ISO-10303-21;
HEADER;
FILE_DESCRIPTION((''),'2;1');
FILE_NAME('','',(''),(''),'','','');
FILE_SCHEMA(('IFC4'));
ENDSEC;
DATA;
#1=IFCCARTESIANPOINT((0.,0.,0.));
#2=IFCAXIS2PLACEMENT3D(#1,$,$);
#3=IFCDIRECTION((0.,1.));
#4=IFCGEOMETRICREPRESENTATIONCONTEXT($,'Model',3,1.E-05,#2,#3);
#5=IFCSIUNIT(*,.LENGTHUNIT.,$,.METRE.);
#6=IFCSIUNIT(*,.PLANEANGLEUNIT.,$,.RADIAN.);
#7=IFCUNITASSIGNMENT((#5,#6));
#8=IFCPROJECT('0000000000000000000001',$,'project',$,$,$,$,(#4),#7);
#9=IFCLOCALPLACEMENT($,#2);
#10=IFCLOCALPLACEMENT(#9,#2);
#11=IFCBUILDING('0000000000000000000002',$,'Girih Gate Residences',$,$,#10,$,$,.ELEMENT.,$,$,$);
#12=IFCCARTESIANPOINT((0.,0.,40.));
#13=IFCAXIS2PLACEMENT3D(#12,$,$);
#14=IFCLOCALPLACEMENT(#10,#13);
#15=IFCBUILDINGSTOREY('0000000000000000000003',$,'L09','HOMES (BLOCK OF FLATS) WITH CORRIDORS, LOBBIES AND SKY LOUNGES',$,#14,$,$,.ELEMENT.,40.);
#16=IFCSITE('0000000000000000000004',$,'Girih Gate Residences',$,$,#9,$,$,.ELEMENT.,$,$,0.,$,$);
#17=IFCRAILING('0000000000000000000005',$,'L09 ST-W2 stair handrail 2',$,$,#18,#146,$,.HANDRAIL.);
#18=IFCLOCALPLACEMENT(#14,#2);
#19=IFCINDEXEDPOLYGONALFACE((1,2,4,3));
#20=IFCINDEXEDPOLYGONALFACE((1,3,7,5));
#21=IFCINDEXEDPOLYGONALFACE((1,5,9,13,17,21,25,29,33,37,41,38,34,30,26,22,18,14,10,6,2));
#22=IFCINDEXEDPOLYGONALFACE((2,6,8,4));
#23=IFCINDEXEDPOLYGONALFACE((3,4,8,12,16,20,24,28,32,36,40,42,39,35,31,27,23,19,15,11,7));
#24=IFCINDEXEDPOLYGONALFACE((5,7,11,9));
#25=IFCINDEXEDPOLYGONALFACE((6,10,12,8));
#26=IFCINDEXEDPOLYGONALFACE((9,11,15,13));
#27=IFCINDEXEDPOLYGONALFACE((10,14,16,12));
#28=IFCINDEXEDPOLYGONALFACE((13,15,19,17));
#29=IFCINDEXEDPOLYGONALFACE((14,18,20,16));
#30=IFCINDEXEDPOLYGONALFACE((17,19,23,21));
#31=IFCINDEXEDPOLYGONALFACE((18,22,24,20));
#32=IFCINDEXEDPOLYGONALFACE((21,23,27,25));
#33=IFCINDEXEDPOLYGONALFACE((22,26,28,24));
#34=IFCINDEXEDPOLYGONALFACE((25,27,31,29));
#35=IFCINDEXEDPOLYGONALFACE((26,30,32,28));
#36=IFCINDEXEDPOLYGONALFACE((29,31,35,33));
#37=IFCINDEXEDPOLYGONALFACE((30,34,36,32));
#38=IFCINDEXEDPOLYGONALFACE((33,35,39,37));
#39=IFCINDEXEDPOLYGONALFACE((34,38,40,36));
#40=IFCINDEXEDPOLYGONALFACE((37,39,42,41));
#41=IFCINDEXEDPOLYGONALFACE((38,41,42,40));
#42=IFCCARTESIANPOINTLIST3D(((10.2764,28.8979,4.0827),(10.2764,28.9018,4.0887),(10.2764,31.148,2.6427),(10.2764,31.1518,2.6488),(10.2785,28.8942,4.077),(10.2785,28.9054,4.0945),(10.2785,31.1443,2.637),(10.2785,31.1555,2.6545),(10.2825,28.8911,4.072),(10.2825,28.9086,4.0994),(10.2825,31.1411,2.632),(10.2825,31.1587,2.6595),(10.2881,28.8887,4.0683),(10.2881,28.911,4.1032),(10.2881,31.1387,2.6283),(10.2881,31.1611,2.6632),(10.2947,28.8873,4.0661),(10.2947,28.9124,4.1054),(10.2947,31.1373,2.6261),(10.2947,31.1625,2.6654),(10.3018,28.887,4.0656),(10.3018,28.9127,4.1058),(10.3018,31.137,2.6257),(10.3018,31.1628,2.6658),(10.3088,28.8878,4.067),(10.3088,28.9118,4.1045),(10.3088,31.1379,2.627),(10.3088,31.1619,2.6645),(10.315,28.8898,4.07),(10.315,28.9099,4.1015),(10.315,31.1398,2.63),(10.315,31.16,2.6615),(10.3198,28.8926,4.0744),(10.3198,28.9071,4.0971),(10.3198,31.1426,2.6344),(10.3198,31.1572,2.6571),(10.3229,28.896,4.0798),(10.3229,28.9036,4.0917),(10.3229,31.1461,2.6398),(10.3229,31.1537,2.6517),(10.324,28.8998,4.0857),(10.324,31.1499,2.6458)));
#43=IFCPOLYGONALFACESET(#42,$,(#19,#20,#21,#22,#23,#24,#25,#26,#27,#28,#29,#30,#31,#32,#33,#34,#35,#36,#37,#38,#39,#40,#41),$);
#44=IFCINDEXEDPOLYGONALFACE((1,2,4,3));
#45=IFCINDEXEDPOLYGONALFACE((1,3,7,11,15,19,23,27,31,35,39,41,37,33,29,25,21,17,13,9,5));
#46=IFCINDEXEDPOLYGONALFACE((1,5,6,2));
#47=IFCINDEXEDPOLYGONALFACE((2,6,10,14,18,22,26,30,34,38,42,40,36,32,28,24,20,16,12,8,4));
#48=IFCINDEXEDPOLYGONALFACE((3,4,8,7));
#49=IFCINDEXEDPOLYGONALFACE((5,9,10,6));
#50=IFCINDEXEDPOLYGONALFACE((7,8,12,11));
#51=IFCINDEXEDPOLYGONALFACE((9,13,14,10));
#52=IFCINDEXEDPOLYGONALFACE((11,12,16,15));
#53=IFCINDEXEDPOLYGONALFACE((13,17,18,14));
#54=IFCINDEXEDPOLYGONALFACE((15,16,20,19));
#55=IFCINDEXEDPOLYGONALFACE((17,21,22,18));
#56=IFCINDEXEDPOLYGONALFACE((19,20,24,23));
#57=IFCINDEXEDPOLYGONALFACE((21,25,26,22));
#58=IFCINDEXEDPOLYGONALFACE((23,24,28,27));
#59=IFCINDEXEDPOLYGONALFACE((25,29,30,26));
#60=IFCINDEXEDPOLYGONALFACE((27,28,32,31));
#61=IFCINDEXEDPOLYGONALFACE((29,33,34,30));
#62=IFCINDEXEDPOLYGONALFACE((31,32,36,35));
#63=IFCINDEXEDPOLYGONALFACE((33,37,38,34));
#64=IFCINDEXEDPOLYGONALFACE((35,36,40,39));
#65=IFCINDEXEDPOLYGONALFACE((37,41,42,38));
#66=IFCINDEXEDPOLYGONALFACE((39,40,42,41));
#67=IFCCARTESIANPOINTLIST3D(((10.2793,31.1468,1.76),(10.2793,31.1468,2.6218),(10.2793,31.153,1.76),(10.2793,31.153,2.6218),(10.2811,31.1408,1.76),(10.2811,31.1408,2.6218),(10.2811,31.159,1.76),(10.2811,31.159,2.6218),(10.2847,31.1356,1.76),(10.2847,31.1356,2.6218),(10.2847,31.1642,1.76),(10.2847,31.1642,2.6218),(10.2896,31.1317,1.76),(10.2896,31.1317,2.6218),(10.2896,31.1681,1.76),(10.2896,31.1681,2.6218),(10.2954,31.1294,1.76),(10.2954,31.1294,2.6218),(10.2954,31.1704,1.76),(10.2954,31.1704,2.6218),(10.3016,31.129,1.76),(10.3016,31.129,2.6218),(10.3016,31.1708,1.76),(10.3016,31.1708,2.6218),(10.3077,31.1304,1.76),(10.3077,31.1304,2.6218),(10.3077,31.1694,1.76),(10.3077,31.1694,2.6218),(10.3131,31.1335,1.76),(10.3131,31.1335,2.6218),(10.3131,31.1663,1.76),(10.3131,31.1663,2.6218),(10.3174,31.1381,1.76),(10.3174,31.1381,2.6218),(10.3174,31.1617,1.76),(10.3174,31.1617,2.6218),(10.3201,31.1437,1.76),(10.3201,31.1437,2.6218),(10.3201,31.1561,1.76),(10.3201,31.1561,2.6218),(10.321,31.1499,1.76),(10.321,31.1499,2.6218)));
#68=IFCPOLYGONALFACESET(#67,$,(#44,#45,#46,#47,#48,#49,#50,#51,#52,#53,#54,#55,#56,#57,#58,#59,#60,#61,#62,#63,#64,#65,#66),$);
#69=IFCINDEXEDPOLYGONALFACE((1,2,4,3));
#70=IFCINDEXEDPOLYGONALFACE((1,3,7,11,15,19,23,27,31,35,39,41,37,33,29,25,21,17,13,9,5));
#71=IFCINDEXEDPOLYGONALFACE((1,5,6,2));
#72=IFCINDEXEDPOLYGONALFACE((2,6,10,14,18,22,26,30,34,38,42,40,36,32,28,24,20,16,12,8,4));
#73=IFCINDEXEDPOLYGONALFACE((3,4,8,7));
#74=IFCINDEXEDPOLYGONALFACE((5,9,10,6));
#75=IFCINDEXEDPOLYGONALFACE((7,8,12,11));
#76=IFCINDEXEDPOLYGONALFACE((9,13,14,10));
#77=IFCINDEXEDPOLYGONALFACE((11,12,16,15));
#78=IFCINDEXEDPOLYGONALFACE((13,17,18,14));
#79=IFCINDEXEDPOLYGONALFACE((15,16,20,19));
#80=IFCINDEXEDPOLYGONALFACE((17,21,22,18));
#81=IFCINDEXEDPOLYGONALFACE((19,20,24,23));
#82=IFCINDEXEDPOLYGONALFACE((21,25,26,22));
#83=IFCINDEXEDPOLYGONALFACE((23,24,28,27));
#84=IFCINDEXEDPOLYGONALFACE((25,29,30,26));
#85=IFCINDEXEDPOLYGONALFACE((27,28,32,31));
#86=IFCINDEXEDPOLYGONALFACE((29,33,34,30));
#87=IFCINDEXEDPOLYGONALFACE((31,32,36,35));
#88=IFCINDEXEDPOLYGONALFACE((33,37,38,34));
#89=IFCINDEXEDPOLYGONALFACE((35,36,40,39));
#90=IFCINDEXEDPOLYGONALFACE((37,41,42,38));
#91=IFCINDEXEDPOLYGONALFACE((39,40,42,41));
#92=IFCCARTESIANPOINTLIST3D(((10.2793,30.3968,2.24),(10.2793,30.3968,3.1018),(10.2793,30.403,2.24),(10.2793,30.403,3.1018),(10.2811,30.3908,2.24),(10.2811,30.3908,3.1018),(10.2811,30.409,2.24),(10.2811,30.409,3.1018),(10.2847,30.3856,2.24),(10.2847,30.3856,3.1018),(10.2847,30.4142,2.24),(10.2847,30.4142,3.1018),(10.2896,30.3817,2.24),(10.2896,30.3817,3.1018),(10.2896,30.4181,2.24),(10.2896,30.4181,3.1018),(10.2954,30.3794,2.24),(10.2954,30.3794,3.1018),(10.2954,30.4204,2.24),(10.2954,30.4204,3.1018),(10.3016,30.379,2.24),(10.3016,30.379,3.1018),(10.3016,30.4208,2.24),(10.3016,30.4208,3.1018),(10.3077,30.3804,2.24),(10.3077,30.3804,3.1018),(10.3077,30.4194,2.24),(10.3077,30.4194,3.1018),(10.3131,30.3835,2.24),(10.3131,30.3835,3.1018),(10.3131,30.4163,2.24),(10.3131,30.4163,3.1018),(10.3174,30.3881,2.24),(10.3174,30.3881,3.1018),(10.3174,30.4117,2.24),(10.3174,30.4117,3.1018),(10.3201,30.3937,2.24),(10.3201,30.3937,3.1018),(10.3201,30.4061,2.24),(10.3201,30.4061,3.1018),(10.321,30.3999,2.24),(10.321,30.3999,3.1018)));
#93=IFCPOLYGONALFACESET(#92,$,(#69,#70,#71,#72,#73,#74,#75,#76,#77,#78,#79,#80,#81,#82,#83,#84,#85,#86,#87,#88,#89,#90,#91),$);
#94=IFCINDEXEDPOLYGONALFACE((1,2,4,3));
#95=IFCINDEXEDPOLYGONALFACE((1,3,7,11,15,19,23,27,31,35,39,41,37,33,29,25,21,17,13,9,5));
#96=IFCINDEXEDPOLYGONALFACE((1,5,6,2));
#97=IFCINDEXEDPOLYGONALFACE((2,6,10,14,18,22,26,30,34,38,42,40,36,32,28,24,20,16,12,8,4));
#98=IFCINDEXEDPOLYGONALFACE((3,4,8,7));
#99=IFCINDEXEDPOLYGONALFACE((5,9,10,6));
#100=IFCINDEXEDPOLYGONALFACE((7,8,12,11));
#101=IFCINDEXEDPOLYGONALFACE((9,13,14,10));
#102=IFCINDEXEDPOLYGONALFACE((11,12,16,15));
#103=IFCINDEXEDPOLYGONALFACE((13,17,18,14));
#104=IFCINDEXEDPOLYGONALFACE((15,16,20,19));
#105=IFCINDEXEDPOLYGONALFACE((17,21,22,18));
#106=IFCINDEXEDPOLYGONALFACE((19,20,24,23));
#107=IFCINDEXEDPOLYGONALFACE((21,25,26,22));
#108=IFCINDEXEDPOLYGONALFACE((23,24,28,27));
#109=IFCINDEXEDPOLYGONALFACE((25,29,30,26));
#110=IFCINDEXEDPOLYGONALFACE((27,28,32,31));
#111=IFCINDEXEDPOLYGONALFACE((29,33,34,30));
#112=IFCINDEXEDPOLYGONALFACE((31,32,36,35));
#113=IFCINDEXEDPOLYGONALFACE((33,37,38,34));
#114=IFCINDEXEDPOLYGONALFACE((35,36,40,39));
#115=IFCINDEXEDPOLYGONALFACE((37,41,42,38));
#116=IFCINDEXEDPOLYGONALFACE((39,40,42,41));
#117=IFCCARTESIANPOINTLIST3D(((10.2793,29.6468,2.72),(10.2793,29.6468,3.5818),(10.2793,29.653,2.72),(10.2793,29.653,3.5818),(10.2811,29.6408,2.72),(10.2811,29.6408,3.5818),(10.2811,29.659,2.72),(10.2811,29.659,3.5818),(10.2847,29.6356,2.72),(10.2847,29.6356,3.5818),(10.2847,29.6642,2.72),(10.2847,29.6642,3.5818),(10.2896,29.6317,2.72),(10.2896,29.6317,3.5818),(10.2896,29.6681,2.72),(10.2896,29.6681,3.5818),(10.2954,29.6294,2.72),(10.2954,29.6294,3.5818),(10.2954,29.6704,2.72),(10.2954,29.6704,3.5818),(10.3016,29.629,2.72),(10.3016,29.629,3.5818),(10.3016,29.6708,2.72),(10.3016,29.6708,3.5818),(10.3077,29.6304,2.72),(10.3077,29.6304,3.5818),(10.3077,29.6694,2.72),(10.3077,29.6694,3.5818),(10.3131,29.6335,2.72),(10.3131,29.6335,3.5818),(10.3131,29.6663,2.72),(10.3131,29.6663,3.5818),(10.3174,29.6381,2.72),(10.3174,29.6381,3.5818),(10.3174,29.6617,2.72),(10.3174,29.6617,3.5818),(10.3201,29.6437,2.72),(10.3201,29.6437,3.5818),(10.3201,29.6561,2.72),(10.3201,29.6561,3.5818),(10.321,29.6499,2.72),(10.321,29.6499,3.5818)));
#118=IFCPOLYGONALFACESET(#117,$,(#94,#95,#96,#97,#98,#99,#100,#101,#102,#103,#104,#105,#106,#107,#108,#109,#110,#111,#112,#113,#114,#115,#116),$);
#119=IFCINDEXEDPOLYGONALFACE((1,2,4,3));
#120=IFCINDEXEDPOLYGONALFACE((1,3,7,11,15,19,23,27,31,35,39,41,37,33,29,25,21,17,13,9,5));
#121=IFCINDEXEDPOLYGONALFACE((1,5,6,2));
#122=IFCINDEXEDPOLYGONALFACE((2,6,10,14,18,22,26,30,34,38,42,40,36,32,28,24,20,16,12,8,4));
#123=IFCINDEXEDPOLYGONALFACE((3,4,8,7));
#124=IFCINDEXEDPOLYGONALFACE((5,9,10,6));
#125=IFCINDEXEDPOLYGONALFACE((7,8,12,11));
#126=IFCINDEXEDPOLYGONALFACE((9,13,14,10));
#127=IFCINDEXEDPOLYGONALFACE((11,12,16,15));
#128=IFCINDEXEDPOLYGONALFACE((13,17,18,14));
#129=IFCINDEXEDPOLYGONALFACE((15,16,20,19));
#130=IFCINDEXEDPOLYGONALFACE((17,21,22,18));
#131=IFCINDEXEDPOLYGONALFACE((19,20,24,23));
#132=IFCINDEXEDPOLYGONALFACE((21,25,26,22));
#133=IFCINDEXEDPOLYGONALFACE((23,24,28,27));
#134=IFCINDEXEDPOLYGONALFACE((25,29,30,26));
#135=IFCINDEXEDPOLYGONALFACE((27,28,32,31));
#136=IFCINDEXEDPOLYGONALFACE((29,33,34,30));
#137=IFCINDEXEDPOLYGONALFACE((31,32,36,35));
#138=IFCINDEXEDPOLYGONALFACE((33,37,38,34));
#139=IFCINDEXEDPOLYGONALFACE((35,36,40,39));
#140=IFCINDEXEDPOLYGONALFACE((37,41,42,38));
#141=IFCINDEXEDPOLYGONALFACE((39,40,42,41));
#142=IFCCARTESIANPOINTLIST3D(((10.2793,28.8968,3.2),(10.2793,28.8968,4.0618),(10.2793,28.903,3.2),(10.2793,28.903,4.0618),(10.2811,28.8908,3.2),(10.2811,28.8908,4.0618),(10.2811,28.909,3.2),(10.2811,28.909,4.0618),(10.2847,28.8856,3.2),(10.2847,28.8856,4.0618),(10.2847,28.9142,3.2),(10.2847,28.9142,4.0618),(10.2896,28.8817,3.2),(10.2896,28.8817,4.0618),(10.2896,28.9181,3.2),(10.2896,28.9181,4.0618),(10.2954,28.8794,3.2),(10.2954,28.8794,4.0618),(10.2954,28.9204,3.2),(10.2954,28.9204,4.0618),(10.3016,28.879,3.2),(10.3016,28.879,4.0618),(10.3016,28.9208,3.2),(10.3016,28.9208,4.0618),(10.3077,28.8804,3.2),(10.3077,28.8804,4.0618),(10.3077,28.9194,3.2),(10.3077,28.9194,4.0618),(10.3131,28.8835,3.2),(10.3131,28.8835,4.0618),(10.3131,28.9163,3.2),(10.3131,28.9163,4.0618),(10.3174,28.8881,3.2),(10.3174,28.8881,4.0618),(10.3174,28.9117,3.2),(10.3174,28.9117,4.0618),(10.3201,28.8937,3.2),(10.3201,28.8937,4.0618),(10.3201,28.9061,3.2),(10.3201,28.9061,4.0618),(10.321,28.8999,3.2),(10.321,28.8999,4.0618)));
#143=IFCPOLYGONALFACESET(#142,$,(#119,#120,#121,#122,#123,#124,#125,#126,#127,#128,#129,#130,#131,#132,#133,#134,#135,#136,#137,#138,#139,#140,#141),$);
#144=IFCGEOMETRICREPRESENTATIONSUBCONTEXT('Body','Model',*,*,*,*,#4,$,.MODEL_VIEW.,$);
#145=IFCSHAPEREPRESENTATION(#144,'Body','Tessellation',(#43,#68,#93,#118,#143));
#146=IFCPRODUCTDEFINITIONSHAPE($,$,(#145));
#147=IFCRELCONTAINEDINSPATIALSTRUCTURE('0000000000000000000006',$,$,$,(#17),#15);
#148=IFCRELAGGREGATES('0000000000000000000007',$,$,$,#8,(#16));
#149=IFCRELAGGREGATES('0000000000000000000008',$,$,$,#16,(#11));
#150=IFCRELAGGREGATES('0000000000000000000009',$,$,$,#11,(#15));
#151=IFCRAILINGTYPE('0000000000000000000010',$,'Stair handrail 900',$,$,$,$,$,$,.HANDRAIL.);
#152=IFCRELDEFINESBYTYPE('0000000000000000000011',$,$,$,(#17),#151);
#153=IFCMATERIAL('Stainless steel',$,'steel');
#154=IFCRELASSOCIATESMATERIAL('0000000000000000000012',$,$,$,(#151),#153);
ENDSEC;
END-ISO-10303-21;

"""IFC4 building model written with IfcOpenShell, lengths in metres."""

from ifc_helpers import new_model, si_unit, direction, frame, origin, origin_2d, place, context, subcontext, project, spatial, circle, extrude, material, type_object, element, save


model = new_model("IFC4")

# Units and contexts
model_context = context("Model", 3, precision=1e-05, world=origin(), true_north=direction((0.0, 1.0)))
body_context = subcontext(model_context, "Body", "Model", "MODEL_VIEW")
ifc_project = project(units=[si_unit("LENGTHUNIT", "METRE"), si_unit("PLANEANGLEUNIT", "RADIAN")], contexts=[model_context])

# Site, building, storey
site_placement = place(None, origin())
site = spatial("IfcSite", under=ifc_project, at=site_placement, Name="Girih Gate Residences", CompositionType="ELEMENT", RefElevation=0.0)
building_placement = place(site_placement, origin())
building = spatial("IfcBuilding", under=site, at=building_placement, Name="Girih Gate Residences", CompositionType="ELEMENT")
storey_placement = place(building_placement, frame((0.0, 0.0, 40.0)))
storey = spatial("IfcBuildingStorey", under=building, at=storey_placement, Name="L09", Description="HOMES (BLOCK OF FLATS) WITH CORRIDORS, LOBBIES AND SKY LOUNGES", CompositionType="ELEMENT", Elevation=40.0)

# Railing
ifc_material_1 = material(Name="Stainless steel", Category="steel")
railing_type_1 = type_object("IfcRailingType", Name="Stair handrail 900", PredefinedType="HANDRAIL", material=ifc_material_1)
railing_1_placement = place(storey_placement, frame((10.3, 31.1499, 1.76)))
element("IfcRailing", 1, at=railing_1_placement, inside=storey, type_object=railing_type_1, Name="L09 ST-W2 stair handrail 2", PredefinedType="HANDRAIL", context=body_context, shape_type="SweptSolid", body=[
    extrude(circle(Radius=0.0239, at=origin_2d()), frame((0.0, 0.0, 0.8857), z_axis=(0.0, -0.842281, 0.539038), x_axis=(1.0, 0.0, 0.0)), (0.0, 0.0, 1.0), 2.6714),
    extrude(circle(Radius=0.021, at=origin_2d()), origin(), (0.0, 0.0, 1.0), 0.8618),
    extrude(circle(Radius=0.021, at=origin_2d()), frame((0.0, -0.75, 0.48)), (0.0, 0.0, 1.0), 0.8618),
    extrude(circle(Radius=0.021, at=origin_2d()), frame((0.0, -1.5, 0.96)), (0.0, 0.0, 1.0), 0.8618),
    extrude(circle(Radius=0.021, at=origin_2d()), frame((0.0, -2.25, 1.4399)), (0.0, 0.0, 1.0), 0.8618),
])

save(model, "model.ifc")
